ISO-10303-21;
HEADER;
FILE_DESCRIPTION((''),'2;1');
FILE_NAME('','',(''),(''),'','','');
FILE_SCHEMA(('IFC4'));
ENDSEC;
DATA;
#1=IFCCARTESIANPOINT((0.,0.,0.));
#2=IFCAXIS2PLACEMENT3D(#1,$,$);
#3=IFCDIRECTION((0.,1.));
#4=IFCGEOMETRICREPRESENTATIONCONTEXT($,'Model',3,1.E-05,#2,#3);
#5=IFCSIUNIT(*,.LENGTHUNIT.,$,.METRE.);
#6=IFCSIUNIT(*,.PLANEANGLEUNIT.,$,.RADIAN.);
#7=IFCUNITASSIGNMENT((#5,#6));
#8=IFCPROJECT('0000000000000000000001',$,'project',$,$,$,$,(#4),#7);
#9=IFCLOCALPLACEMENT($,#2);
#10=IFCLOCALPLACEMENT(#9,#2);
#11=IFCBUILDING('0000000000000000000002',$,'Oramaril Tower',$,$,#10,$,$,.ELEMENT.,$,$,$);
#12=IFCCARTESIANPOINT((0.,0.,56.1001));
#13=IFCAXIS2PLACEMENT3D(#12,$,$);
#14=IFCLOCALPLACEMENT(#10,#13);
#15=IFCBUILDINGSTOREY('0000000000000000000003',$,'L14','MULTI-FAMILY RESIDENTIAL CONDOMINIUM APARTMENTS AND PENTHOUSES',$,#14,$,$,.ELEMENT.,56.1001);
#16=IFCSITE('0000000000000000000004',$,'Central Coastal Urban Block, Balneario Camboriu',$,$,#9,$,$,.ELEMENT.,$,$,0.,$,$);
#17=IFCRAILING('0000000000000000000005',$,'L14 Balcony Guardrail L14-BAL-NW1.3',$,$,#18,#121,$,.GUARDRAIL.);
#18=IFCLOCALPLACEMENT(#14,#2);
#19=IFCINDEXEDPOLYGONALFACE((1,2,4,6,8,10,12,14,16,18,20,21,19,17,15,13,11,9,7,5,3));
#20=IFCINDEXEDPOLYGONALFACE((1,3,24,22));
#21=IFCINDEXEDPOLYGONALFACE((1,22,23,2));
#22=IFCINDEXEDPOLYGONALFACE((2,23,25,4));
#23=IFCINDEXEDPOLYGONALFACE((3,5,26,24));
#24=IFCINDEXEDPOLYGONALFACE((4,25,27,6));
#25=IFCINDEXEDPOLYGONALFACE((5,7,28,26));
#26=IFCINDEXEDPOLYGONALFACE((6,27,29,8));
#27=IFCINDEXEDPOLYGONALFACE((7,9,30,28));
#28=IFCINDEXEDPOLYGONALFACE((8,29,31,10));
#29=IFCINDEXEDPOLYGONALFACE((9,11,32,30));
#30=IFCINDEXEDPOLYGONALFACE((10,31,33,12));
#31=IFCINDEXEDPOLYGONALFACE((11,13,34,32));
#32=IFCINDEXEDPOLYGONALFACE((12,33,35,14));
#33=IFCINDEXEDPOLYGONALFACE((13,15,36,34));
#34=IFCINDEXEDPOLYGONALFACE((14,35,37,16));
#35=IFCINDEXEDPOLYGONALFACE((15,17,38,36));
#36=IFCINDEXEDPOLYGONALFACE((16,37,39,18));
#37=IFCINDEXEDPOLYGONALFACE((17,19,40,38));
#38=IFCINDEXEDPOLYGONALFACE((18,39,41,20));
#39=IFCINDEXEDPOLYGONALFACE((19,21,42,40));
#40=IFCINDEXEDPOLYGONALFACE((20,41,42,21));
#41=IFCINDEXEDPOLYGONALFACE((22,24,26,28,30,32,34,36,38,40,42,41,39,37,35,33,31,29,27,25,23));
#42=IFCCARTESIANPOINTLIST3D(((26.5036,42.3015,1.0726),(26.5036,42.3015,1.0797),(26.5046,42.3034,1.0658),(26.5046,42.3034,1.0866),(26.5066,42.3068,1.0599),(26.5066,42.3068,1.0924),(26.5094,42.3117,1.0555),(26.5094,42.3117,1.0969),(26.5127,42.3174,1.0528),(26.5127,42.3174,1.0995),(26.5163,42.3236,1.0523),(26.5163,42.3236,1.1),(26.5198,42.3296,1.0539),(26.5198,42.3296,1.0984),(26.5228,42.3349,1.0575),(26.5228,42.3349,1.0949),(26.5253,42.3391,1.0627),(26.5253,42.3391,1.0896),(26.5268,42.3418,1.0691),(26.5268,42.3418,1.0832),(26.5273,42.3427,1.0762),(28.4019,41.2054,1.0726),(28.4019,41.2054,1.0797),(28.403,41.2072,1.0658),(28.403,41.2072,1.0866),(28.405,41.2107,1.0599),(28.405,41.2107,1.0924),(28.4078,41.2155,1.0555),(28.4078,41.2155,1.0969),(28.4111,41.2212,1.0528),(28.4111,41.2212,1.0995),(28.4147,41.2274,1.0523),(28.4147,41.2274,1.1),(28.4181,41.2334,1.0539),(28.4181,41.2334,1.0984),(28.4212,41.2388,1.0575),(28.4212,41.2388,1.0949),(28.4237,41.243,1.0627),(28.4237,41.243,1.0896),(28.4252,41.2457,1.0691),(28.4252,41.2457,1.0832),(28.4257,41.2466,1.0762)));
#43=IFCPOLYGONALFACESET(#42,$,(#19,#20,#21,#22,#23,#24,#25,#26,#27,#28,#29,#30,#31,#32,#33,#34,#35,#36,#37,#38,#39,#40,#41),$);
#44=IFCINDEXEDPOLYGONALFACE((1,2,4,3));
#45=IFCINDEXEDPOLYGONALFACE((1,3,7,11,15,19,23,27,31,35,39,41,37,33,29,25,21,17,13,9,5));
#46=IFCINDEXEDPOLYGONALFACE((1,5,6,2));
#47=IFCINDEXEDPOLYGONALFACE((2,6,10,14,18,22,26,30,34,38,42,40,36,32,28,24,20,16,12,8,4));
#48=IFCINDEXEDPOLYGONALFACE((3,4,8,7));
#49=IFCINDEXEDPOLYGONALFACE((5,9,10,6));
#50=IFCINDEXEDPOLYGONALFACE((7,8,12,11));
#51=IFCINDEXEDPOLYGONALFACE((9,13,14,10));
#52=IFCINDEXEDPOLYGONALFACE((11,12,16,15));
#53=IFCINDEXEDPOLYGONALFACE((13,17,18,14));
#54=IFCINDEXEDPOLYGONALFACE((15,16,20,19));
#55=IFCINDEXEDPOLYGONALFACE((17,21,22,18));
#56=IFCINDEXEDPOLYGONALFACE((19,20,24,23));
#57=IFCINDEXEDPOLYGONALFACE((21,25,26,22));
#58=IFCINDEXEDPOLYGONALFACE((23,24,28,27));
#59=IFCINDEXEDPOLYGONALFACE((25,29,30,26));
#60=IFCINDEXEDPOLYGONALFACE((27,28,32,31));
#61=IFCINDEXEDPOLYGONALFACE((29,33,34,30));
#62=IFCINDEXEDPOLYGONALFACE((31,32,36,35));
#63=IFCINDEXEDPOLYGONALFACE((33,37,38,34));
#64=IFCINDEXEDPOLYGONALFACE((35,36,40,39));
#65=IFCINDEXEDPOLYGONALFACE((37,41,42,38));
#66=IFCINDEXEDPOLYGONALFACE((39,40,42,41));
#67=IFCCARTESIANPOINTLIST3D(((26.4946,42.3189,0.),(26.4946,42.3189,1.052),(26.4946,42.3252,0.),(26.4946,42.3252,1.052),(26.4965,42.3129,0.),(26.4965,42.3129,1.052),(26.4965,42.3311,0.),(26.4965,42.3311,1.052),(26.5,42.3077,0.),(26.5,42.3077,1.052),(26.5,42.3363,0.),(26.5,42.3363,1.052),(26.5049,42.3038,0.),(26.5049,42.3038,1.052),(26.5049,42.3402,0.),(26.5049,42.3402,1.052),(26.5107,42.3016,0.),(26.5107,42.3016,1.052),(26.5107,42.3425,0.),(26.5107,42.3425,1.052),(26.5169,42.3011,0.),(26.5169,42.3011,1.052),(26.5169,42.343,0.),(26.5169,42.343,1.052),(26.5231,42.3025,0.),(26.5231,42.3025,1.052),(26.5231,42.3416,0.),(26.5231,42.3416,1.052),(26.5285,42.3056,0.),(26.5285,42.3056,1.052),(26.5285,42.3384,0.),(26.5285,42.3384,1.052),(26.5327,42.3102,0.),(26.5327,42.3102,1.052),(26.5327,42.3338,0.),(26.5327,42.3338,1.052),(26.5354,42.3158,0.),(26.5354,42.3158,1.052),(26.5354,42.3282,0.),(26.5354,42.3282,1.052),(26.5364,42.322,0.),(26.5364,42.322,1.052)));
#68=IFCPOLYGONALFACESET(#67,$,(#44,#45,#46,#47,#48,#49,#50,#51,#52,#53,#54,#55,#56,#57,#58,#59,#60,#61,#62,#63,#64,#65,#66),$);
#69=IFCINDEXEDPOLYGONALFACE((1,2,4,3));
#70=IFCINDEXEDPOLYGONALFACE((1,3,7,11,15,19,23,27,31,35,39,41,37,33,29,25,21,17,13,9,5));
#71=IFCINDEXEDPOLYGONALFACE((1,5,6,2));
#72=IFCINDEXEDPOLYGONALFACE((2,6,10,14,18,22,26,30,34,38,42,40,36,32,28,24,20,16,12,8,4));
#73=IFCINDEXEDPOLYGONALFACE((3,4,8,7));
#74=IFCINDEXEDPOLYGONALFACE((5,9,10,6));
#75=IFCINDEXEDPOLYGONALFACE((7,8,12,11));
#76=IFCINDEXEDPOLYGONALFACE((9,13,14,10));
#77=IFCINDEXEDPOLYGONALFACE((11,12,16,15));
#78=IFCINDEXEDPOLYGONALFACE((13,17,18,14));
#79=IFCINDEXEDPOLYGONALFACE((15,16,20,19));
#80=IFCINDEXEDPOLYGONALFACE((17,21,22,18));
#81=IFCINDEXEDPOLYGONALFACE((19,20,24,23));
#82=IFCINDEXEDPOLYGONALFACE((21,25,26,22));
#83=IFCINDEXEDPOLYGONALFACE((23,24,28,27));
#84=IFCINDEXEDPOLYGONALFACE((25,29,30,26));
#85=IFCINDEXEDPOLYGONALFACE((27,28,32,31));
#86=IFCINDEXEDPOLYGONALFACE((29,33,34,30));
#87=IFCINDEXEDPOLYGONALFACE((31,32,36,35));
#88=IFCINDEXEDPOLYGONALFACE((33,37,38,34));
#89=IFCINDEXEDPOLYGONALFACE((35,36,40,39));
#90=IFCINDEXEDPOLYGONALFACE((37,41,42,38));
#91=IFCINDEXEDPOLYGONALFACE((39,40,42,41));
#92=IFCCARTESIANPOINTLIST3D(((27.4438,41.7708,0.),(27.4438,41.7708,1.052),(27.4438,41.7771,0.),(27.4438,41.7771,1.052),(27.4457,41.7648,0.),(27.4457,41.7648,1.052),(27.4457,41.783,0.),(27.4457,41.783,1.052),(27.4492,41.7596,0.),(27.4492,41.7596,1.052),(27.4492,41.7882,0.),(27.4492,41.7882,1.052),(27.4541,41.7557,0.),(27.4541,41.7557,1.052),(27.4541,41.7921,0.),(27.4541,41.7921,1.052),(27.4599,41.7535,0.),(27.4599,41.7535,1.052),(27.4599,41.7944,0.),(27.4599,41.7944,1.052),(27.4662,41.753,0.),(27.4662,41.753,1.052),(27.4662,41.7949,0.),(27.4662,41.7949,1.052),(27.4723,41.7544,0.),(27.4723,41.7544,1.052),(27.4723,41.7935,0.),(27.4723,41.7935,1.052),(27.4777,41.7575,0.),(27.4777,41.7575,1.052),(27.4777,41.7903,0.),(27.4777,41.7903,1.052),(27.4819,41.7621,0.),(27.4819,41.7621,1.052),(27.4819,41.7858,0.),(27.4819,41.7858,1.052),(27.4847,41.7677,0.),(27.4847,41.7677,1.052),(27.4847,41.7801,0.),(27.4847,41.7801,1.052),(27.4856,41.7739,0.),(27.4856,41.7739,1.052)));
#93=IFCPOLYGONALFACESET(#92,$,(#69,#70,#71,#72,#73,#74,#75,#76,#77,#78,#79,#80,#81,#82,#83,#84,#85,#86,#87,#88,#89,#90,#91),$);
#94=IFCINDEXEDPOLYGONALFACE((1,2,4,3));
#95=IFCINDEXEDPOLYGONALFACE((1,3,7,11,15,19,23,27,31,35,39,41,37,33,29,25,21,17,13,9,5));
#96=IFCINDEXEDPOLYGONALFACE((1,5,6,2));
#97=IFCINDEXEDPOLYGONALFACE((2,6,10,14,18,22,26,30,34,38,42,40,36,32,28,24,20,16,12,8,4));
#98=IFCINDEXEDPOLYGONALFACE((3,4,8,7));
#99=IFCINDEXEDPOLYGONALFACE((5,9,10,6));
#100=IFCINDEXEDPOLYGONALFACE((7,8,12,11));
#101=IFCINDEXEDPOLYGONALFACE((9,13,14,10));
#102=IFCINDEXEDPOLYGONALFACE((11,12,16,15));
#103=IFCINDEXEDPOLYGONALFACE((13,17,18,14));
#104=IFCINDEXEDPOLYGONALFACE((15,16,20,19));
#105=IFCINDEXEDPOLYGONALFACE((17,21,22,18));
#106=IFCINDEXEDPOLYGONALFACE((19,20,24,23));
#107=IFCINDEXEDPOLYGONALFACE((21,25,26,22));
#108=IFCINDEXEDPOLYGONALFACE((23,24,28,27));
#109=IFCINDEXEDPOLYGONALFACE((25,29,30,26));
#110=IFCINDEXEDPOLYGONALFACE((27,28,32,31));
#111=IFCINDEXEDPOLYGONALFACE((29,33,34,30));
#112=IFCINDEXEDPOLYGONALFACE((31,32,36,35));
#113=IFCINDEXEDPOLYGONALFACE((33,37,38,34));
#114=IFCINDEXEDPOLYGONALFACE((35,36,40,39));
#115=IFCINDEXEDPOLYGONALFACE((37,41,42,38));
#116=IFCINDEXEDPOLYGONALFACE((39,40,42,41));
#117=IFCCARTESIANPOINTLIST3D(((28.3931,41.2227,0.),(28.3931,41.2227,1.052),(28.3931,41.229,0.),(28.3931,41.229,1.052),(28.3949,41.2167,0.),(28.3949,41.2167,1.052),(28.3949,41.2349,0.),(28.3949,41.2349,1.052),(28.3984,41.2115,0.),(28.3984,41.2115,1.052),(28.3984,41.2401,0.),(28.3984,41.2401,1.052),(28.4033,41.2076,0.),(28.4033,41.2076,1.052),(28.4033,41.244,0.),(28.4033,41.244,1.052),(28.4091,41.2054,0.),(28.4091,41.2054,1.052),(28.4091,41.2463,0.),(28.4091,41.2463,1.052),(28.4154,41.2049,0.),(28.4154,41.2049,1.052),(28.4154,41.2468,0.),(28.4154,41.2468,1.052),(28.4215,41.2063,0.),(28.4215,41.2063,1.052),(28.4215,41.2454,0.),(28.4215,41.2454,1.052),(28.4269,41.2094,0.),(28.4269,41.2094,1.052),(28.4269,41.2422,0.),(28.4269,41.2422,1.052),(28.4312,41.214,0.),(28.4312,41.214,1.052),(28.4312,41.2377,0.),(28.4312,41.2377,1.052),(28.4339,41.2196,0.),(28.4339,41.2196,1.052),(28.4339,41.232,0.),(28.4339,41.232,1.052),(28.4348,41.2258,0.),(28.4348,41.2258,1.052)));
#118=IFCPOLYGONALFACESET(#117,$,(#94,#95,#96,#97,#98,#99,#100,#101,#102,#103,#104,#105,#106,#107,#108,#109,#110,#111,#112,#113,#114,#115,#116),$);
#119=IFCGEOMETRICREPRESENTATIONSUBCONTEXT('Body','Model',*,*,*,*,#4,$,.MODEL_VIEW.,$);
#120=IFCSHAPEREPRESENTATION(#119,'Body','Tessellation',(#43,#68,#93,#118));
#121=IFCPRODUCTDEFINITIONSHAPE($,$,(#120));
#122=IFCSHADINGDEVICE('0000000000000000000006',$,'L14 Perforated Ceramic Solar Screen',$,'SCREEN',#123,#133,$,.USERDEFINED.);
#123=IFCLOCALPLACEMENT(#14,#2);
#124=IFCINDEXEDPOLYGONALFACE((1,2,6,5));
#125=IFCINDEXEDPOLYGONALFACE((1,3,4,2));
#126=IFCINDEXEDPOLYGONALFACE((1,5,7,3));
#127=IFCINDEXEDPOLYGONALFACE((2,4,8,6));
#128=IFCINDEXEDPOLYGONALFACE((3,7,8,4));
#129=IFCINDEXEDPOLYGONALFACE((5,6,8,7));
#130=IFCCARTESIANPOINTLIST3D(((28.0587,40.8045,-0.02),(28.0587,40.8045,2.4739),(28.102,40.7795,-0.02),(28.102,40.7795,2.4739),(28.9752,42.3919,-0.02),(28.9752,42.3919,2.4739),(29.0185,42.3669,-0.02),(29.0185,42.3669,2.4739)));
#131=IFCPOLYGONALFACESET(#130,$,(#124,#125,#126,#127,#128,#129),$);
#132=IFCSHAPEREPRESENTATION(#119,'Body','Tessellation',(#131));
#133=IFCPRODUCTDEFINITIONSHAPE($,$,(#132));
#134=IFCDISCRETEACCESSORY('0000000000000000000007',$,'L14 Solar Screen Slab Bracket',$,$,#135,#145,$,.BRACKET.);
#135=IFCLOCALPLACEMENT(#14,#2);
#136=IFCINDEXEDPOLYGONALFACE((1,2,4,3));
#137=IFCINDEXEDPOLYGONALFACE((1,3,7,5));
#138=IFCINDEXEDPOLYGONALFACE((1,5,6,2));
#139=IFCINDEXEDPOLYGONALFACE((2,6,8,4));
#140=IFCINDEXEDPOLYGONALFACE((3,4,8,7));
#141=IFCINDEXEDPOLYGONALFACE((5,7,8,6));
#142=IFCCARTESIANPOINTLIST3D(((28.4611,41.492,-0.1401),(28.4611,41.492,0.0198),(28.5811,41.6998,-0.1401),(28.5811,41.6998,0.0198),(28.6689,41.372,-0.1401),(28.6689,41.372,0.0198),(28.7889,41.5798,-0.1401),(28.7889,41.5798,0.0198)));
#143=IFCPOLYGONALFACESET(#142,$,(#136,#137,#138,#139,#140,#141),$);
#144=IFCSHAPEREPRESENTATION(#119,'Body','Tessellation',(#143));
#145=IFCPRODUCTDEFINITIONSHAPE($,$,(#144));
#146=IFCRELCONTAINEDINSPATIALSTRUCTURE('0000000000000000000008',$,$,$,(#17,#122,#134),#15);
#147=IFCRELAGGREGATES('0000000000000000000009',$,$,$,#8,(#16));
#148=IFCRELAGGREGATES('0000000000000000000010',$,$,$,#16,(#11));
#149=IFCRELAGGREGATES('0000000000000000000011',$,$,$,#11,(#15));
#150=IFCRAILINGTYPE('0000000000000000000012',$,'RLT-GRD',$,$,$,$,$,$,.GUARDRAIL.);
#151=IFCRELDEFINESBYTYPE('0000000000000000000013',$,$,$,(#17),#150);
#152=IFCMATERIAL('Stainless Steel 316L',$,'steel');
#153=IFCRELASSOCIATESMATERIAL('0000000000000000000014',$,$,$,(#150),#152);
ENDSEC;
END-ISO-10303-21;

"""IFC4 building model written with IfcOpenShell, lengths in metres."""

from ifc_helpers import new_model, si_unit, direction, frame, origin, origin_2d, place, context, subcontext, project, spatial, rectangle, circle, extrude, material, type_object, element, save


model = new_model("IFC4")

# Units and contexts
model_context = context("Model", 3, precision=1e-05, world=origin(), true_north=direction((0.0, 1.0)))
body_context = subcontext(model_context, "Body", "Model", "MODEL_VIEW")
ifc_project = project(units=[si_unit("LENGTHUNIT", "METRE"), si_unit("PLANEANGLEUNIT", "RADIAN")], contexts=[model_context])

# Site, building, storey
site_placement = place(None, origin())
site = spatial("IfcSite", under=ifc_project, at=site_placement, Name="Central Coastal Urban Block, Balneario Camboriu", CompositionType="ELEMENT", RefElevation=0.0)
building_placement = place(site_placement, origin())
building = spatial("IfcBuilding", under=site, at=building_placement, Name="Oramaril Tower", CompositionType="ELEMENT")
storey_placement = place(building_placement, frame((0.0, 0.0, 56.1001)))
storey = spatial("IfcBuildingStorey", under=building, at=storey_placement, Name="L14", Description="MULTI-FAMILY RESIDENTIAL CONDOMINIUM APARTMENTS AND PENTHOUSES", CompositionType="ELEMENT", Elevation=56.1001)

# Railing
ifc_material_1 = material(Name="Stainless Steel 316L", Category="steel")
railing_type = type_object("IfcRailingType", Name="RLT-GRD", PredefinedType="GUARDRAIL", material=ifc_material_1)
railing_1_placement = place(storey_placement, frame((26.5154, 42.322, 0.0)))
element("IfcRailing", 1, at=railing_1_placement, inside=storey, type_object=railing_type, Name="L14 Balcony Guardrail L14-BAL-NW1.3", PredefinedType="GUARDRAIL", context=body_context, shape_type="SweptSolid", body=[
    extrude(circle(Radius=0.0239, at=origin_2d()), frame((0.0, 0.0, 1.0762), z_axis=(0.866, -0.500044, 0.0), x_axis=(0.500044, 0.866, 0.0)), (0.0, 0.0, 1.0), 2.1921),
    extrude(circle(Radius=0.021, at=origin_2d()), origin(), (0.0, 0.0, 1.0), 1.052),
    extrude(circle(Radius=0.021, at=origin_2d()), frame((0.9492, -0.5481, 0.0)), (0.0, 0.0, 1.0), 1.052),
    extrude(circle(Radius=0.021, at=origin_2d()), frame((1.8984, -1.0962, 0.0)), (0.0, 0.0, 1.0), 1.052),
])

# Shading device
shading_device_placement = place(storey_placement, frame((28.5386, 41.5857, -0.02), z_axis=(0.0, 0.0, 1.0), x_axis=(-0.499998, -0.866026, 0.0)))
element("IfcShadingDevice", 2, at=shading_device_placement, inside=storey, Name="L14 Perforated Ceramic Solar Screen", ObjectType="SCREEN", PredefinedType="USERDEFINED", context=body_context, shape_type="SweptSolid", body=[
    extrude(rectangle(XDim=1.833, YDim=0.05, at=origin_2d()), origin(), (0.0, 0.0, 1.0), 2.4939),
])

# Discrete accessory
discrete_accessory_placement = place(storey_placement, frame((28.625, 41.5359, -0.1401), z_axis=(0.0, 0.0, 1.0), x_axis=(-0.499998, -0.866026, 0.0)))
element("IfcDiscreteAccessory", 3, at=discrete_accessory_placement, inside=storey, Name="L14 Solar Screen Slab Bracket", PredefinedType="BRACKET", context=body_context, shape_type="SweptSolid", body=[
    extrude(rectangle(XDim=0.24, YDim=0.24, at=origin_2d()), origin(), (0.0, 0.0, 1.0), 0.1599),
])

save(model, "model.ifc")
